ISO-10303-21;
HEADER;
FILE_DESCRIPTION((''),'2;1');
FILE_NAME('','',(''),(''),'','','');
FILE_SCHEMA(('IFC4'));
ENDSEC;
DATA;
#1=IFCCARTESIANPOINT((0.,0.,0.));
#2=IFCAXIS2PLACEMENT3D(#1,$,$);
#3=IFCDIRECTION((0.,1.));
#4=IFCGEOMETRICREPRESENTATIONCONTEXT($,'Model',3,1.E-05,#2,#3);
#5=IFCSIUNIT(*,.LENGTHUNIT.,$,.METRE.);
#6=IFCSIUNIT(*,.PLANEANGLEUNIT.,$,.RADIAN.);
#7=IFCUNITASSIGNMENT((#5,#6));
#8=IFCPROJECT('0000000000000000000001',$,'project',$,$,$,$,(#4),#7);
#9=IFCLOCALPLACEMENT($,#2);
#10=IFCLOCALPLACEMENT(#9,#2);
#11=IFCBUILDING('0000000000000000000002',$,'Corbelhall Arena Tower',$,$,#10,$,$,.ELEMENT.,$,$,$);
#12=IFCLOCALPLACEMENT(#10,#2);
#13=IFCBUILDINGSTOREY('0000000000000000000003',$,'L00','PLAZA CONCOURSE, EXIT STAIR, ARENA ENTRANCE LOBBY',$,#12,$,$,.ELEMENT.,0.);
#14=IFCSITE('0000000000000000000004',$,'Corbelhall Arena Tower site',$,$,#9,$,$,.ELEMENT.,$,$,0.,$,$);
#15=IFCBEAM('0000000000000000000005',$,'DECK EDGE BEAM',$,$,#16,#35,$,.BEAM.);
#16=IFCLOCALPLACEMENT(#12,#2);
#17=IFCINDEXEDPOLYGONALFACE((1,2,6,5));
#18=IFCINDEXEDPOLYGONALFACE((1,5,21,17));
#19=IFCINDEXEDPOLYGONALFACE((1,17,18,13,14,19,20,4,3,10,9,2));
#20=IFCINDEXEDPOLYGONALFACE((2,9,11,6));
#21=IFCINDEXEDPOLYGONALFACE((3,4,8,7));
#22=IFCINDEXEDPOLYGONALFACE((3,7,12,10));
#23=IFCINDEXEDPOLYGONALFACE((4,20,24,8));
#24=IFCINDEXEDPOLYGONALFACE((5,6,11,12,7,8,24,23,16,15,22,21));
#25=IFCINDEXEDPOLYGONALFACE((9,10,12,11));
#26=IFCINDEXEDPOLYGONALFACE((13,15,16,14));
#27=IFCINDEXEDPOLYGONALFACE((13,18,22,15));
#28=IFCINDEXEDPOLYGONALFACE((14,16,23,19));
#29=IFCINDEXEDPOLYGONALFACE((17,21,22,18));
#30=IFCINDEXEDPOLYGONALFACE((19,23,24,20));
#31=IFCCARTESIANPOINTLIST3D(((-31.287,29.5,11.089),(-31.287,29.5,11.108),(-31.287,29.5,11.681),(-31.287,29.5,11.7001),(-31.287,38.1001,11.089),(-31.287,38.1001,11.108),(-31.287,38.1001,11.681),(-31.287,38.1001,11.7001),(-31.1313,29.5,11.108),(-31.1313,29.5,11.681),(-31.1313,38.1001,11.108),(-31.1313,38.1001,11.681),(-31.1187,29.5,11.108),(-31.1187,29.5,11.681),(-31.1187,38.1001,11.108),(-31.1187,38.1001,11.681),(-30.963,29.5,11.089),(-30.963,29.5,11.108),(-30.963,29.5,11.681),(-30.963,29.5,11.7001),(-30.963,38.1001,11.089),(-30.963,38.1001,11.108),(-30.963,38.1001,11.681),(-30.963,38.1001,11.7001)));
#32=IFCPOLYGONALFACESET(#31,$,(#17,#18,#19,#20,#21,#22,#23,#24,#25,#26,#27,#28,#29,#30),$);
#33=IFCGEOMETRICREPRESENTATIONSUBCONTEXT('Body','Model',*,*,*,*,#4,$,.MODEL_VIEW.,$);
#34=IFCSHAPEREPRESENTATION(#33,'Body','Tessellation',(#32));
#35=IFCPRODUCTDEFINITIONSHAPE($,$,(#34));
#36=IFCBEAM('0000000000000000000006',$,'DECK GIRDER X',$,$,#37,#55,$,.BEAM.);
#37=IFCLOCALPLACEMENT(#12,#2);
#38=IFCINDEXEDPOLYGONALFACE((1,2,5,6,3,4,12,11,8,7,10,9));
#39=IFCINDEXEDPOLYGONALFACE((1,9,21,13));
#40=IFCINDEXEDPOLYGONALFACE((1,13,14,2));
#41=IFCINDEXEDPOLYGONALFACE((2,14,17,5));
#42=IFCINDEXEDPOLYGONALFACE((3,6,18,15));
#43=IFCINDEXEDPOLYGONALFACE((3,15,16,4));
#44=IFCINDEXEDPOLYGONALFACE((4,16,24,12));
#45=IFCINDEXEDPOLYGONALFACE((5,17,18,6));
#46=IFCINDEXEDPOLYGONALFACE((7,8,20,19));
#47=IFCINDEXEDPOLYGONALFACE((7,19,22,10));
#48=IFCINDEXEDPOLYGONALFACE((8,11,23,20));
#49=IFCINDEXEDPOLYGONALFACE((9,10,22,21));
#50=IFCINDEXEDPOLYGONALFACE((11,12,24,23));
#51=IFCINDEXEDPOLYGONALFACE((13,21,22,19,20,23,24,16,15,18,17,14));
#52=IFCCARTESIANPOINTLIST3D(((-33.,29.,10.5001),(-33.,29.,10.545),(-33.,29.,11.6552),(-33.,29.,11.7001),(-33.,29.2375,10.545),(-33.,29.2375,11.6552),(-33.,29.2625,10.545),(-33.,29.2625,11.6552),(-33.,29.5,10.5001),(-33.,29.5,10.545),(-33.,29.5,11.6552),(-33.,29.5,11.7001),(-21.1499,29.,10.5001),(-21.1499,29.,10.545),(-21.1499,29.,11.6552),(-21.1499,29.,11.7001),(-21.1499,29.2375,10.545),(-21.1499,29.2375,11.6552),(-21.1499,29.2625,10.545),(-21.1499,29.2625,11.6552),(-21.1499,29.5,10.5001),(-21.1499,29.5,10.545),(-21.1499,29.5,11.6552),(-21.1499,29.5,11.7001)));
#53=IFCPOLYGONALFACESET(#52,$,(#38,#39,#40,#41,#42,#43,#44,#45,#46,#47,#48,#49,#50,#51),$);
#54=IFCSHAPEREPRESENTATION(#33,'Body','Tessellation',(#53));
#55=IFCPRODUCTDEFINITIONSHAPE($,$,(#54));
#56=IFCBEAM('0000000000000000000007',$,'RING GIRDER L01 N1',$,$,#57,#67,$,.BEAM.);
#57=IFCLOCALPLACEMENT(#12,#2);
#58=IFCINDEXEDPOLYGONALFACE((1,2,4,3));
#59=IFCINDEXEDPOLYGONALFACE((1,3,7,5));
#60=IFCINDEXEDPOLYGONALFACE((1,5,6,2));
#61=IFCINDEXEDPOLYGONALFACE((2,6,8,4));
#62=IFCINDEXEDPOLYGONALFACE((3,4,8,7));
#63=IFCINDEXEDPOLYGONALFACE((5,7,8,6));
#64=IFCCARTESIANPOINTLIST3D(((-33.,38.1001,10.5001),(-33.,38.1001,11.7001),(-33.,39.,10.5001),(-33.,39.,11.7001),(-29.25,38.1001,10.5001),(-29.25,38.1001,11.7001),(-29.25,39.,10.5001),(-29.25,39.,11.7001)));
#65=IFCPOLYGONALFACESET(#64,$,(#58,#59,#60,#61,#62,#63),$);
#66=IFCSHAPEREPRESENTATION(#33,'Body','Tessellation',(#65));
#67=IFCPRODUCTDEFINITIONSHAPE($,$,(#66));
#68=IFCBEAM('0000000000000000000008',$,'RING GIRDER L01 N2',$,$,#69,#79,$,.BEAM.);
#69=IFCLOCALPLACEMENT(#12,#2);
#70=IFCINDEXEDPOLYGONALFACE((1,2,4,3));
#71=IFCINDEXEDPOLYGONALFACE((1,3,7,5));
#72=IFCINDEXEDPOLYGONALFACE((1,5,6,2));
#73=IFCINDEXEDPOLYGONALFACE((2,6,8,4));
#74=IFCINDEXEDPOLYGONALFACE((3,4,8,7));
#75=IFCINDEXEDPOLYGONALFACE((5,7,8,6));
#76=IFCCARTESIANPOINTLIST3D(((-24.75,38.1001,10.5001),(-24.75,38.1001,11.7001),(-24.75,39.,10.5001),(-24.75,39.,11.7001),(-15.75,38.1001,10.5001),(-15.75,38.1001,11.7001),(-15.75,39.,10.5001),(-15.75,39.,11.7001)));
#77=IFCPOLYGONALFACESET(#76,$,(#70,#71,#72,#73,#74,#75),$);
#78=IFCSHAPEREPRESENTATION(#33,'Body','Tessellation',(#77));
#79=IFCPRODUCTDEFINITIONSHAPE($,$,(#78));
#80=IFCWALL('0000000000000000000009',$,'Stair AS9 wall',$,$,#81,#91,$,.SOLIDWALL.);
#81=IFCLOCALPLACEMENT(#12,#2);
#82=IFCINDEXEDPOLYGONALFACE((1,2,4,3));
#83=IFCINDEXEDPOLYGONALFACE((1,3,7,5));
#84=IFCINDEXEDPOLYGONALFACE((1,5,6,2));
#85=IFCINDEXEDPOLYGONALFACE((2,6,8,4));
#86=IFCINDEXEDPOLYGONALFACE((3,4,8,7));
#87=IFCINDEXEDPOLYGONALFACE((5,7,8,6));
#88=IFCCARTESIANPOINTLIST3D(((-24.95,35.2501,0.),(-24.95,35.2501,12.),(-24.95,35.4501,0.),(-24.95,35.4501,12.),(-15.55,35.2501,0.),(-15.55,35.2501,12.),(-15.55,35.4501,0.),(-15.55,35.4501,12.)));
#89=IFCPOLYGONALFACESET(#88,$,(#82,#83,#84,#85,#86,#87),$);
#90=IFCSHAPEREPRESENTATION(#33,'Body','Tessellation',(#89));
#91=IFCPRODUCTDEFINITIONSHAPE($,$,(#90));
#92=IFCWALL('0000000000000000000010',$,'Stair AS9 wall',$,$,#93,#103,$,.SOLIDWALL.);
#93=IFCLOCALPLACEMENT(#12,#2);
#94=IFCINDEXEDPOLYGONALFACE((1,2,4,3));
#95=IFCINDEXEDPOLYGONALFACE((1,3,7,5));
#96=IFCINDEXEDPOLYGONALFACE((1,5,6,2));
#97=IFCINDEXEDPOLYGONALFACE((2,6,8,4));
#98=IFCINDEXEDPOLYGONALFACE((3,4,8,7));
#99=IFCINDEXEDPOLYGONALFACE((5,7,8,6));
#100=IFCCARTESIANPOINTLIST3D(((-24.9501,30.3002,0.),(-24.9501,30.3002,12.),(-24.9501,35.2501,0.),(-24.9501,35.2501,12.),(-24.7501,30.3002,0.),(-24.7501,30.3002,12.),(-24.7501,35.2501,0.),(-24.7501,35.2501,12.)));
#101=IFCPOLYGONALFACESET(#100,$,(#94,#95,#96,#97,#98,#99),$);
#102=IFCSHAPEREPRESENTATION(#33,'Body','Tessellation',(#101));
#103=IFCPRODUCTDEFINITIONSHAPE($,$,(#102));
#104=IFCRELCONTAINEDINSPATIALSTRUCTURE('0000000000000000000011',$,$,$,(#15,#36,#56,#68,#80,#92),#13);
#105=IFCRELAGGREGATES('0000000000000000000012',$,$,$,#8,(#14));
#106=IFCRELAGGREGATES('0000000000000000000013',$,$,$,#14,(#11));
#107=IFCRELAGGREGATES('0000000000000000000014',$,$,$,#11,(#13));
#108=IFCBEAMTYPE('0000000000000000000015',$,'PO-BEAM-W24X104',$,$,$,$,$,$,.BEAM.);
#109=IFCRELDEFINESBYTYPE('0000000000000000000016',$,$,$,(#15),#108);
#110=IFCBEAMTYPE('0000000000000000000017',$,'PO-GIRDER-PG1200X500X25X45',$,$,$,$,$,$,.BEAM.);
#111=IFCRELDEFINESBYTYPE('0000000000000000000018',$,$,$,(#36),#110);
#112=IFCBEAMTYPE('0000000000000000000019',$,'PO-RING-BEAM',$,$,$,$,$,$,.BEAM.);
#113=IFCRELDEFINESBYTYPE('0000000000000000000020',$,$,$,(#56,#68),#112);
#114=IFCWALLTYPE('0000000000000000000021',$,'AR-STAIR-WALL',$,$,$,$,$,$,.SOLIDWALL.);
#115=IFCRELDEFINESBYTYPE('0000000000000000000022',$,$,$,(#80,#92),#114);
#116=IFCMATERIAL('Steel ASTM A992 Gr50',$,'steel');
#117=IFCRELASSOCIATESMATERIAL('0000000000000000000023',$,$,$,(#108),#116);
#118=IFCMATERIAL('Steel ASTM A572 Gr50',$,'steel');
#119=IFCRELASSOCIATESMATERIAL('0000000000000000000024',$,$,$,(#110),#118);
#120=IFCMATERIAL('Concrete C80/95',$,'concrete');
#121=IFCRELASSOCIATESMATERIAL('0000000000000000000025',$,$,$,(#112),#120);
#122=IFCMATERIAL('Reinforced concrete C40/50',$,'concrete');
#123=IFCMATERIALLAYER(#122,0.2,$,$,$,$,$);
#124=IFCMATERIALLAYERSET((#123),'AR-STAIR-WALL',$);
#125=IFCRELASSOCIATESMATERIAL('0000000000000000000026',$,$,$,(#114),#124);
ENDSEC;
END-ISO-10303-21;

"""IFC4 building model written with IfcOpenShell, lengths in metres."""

from ifc_helpers import new_model, si_unit, direction, frame, frame_2d, origin, origin_2d, place, context, subcontext, project, spatial, rectangle, i_section, extrude, material, layer, layer_set, material_profile, profile_set, type_object, element, save


model = new_model("IFC4")

# Units and contexts
model_context = context("Model", 3, precision=1e-05, world=origin(), true_north=direction((0.0, 1.0)))
body_context = subcontext(model_context, "Body", "Model", "MODEL_VIEW")
ifc_project = project(units=[si_unit("LENGTHUNIT", "METRE"), si_unit("PLANEANGLEUNIT", "RADIAN")], contexts=[model_context])

# Site, building, storey
site_placement = place(None, origin())
site = spatial("IfcSite", under=ifc_project, at=site_placement, Name="Corbelhall Arena Tower site", CompositionType="ELEMENT", RefElevation=0.0)
building_placement = place(site_placement, origin())
building = spatial("IfcBuilding", under=site, at=building_placement, Name="Corbelhall Arena Tower", CompositionType="ELEMENT")
storey_placement = place(building_placement, origin())
storey = spatial("IfcBuildingStorey", under=building, at=storey_placement, Name="L00", Description="PLAZA CONCOURSE, EXIT STAIR, ARENA ENTRANCE LOBBY", CompositionType="ELEMENT", Elevation=0.0)

# Shared definitions
ifc_material_1 = material(Name="Concrete C80/95", Category="concrete")

# Beams
ifc_material_2 = material(Name="Steel ASTM A992 Gr50", Category="steel")
ifc_material_profile_1 = material_profile(ifc_material_2, i_section(OverallWidth=0.324, OverallDepth=0.6111, WebThickness=0.0127, FlangeThickness=0.019, at=origin_2d()))
ifc_profile_set_1 = profile_set([ifc_material_profile_1], Name="Steel ASTM A992 Gr50")
beam_type_1 = type_object("IfcBeamType", Name="PO-BEAM-W24X104", PredefinedType="BEAM", material=ifc_profile_set_1)
beam_1_placement = place(storey_placement, frame((-31.125, 29.5, 11.3945), z_axis=(0.0, 1.0, 0.0), x_axis=(-1.0, 0.0, 0.0)))
element("IfcBeam", 1, at=beam_1_placement, inside=storey, type_object=beam_type_1, Name="DECK EDGE BEAM", PredefinedType="BEAM", context=body_context, shape_type="SweptSolid", body=[
    extrude(i_section(OverallWidth=0.324, OverallDepth=0.6111, WebThickness=0.0127, FlangeThickness=0.019, at=origin_2d()), origin(), (0.0, 0.0, 1.0), 8.6001),
])
ifc_material_3 = material(Name="Steel ASTM A572 Gr50", Category="steel")
ifc_material_profile_2 = material_profile(ifc_material_3, i_section(OverallWidth=0.5, OverallDepth=1.2, WebThickness=0.0249, FlangeThickness=0.0449, at=origin_2d()))
ifc_profile_set_2 = profile_set([ifc_material_profile_2], Name="Steel ASTM A572 Gr50")
beam_type_2 = type_object("IfcBeamType", Name="PO-GIRDER-PG1200X500X25X45", PredefinedType="BEAM", material=ifc_profile_set_2)
beam_2_placement = place(storey_placement, frame((-33.0, 29.25, 11.1001), z_axis=(1.0, 0.0, 0.0), x_axis=(0.0, 1.0, 0.0)))
element("IfcBeam", 2, at=beam_2_placement, inside=storey, type_object=beam_type_2, Name="DECK GIRDER X", PredefinedType="BEAM", context=body_context, shape_type="SweptSolid", body=[
    extrude(i_section(OverallWidth=0.5, OverallDepth=1.2, WebThickness=0.0249, FlangeThickness=0.0449, at=origin_2d()), origin(), (0.0, 0.0, 1.0), 11.8501),
])
ifc_material_profile_3 = material_profile(ifc_material_1, rectangle(XDim=0.8999, YDim=1.2, at=origin_2d()))
ifc_profile_set_3 = profile_set([ifc_material_profile_3], Name="Concrete C80/95")
beam_type_3 = type_object("IfcBeamType", Name="PO-RING-BEAM", PredefinedType="BEAM", material=ifc_profile_set_3)
beam_3_placement = place(storey_placement, frame((-33.0, 38.55, 11.1001), z_axis=(1.0, 0.0, 0.0), x_axis=(0.0, 1.0, 0.0)))
element("IfcBeam", 3, at=beam_3_placement, inside=storey, type_object=beam_type_3, Name="RING GIRDER L01 N1", PredefinedType="BEAM", context=body_context, shape_type="SweptSolid", body=[
    extrude(rectangle(XDim=0.8999, YDim=1.2, at=origin_2d()), origin(), (0.0, 0.0, 1.0), 3.75),
])
beam_4_placement = place(storey_placement, frame((-24.75, 38.55, 11.1001), z_axis=(1.0, 0.0, 0.0), x_axis=(0.0, 1.0, 0.0)))
element("IfcBeam", 4, at=beam_4_placement, inside=storey, type_object=beam_type_3, Name="RING GIRDER L01 N2", PredefinedType="BEAM", context=body_context, shape_type="SweptSolid", body=[
    extrude(rectangle(XDim=0.8999, YDim=1.2, at=origin_2d()), origin(), (0.0, 0.0, 1.0), 9.0),
])

# Walls
ifc_material_4 = material(Name="Reinforced concrete C40/50", Category="concrete")
ifc_layer = layer(ifc_material_4, 0.2)
ifc_layer_set = layer_set([ifc_layer], Name="AR-STAIR-WALL")
wall_type = type_object("IfcWallType", Name="AR-STAIR-WALL", PredefinedType="SOLIDWALL", material=ifc_layer_set)
wall_1_placement = place(storey_placement, frame((-24.95, 35.3501, 0.0), z_axis=(0.0, 0.0, 1.0), x_axis=(1.0, 0.0, 0.0)))
element("IfcWall", 5, at=wall_1_placement, inside=storey, type_object=wall_type, Name="Stair AS9 wall", PredefinedType="SOLIDWALL", context=body_context, shape_type="SweptSolid", body=[
    extrude(rectangle(XDim=9.3999, YDim=0.2, at=frame_2d((4.7, 0.0))), origin(), (0.0, 0.0, 1.0), 12.0),
])
wall_2_placement = place(storey_placement, frame((-24.8501, 30.3, 0.0), z_axis=(0.0, 0.0, 1.0), x_axis=(0.0, 1.0, 0.0)))
element("IfcWall", 6, at=wall_2_placement, inside=storey, type_object=wall_type, Name="Stair AS9 wall", PredefinedType="SOLIDWALL", context=body_context, shape_type="SweptSolid", body=[
    extrude(rectangle(XDim=4.95, YDim=0.2, at=frame_2d((2.4751, 0.0))), origin(), (0.0, 0.0, 1.0), 12.0),
])

save(model, "model.ifc")
